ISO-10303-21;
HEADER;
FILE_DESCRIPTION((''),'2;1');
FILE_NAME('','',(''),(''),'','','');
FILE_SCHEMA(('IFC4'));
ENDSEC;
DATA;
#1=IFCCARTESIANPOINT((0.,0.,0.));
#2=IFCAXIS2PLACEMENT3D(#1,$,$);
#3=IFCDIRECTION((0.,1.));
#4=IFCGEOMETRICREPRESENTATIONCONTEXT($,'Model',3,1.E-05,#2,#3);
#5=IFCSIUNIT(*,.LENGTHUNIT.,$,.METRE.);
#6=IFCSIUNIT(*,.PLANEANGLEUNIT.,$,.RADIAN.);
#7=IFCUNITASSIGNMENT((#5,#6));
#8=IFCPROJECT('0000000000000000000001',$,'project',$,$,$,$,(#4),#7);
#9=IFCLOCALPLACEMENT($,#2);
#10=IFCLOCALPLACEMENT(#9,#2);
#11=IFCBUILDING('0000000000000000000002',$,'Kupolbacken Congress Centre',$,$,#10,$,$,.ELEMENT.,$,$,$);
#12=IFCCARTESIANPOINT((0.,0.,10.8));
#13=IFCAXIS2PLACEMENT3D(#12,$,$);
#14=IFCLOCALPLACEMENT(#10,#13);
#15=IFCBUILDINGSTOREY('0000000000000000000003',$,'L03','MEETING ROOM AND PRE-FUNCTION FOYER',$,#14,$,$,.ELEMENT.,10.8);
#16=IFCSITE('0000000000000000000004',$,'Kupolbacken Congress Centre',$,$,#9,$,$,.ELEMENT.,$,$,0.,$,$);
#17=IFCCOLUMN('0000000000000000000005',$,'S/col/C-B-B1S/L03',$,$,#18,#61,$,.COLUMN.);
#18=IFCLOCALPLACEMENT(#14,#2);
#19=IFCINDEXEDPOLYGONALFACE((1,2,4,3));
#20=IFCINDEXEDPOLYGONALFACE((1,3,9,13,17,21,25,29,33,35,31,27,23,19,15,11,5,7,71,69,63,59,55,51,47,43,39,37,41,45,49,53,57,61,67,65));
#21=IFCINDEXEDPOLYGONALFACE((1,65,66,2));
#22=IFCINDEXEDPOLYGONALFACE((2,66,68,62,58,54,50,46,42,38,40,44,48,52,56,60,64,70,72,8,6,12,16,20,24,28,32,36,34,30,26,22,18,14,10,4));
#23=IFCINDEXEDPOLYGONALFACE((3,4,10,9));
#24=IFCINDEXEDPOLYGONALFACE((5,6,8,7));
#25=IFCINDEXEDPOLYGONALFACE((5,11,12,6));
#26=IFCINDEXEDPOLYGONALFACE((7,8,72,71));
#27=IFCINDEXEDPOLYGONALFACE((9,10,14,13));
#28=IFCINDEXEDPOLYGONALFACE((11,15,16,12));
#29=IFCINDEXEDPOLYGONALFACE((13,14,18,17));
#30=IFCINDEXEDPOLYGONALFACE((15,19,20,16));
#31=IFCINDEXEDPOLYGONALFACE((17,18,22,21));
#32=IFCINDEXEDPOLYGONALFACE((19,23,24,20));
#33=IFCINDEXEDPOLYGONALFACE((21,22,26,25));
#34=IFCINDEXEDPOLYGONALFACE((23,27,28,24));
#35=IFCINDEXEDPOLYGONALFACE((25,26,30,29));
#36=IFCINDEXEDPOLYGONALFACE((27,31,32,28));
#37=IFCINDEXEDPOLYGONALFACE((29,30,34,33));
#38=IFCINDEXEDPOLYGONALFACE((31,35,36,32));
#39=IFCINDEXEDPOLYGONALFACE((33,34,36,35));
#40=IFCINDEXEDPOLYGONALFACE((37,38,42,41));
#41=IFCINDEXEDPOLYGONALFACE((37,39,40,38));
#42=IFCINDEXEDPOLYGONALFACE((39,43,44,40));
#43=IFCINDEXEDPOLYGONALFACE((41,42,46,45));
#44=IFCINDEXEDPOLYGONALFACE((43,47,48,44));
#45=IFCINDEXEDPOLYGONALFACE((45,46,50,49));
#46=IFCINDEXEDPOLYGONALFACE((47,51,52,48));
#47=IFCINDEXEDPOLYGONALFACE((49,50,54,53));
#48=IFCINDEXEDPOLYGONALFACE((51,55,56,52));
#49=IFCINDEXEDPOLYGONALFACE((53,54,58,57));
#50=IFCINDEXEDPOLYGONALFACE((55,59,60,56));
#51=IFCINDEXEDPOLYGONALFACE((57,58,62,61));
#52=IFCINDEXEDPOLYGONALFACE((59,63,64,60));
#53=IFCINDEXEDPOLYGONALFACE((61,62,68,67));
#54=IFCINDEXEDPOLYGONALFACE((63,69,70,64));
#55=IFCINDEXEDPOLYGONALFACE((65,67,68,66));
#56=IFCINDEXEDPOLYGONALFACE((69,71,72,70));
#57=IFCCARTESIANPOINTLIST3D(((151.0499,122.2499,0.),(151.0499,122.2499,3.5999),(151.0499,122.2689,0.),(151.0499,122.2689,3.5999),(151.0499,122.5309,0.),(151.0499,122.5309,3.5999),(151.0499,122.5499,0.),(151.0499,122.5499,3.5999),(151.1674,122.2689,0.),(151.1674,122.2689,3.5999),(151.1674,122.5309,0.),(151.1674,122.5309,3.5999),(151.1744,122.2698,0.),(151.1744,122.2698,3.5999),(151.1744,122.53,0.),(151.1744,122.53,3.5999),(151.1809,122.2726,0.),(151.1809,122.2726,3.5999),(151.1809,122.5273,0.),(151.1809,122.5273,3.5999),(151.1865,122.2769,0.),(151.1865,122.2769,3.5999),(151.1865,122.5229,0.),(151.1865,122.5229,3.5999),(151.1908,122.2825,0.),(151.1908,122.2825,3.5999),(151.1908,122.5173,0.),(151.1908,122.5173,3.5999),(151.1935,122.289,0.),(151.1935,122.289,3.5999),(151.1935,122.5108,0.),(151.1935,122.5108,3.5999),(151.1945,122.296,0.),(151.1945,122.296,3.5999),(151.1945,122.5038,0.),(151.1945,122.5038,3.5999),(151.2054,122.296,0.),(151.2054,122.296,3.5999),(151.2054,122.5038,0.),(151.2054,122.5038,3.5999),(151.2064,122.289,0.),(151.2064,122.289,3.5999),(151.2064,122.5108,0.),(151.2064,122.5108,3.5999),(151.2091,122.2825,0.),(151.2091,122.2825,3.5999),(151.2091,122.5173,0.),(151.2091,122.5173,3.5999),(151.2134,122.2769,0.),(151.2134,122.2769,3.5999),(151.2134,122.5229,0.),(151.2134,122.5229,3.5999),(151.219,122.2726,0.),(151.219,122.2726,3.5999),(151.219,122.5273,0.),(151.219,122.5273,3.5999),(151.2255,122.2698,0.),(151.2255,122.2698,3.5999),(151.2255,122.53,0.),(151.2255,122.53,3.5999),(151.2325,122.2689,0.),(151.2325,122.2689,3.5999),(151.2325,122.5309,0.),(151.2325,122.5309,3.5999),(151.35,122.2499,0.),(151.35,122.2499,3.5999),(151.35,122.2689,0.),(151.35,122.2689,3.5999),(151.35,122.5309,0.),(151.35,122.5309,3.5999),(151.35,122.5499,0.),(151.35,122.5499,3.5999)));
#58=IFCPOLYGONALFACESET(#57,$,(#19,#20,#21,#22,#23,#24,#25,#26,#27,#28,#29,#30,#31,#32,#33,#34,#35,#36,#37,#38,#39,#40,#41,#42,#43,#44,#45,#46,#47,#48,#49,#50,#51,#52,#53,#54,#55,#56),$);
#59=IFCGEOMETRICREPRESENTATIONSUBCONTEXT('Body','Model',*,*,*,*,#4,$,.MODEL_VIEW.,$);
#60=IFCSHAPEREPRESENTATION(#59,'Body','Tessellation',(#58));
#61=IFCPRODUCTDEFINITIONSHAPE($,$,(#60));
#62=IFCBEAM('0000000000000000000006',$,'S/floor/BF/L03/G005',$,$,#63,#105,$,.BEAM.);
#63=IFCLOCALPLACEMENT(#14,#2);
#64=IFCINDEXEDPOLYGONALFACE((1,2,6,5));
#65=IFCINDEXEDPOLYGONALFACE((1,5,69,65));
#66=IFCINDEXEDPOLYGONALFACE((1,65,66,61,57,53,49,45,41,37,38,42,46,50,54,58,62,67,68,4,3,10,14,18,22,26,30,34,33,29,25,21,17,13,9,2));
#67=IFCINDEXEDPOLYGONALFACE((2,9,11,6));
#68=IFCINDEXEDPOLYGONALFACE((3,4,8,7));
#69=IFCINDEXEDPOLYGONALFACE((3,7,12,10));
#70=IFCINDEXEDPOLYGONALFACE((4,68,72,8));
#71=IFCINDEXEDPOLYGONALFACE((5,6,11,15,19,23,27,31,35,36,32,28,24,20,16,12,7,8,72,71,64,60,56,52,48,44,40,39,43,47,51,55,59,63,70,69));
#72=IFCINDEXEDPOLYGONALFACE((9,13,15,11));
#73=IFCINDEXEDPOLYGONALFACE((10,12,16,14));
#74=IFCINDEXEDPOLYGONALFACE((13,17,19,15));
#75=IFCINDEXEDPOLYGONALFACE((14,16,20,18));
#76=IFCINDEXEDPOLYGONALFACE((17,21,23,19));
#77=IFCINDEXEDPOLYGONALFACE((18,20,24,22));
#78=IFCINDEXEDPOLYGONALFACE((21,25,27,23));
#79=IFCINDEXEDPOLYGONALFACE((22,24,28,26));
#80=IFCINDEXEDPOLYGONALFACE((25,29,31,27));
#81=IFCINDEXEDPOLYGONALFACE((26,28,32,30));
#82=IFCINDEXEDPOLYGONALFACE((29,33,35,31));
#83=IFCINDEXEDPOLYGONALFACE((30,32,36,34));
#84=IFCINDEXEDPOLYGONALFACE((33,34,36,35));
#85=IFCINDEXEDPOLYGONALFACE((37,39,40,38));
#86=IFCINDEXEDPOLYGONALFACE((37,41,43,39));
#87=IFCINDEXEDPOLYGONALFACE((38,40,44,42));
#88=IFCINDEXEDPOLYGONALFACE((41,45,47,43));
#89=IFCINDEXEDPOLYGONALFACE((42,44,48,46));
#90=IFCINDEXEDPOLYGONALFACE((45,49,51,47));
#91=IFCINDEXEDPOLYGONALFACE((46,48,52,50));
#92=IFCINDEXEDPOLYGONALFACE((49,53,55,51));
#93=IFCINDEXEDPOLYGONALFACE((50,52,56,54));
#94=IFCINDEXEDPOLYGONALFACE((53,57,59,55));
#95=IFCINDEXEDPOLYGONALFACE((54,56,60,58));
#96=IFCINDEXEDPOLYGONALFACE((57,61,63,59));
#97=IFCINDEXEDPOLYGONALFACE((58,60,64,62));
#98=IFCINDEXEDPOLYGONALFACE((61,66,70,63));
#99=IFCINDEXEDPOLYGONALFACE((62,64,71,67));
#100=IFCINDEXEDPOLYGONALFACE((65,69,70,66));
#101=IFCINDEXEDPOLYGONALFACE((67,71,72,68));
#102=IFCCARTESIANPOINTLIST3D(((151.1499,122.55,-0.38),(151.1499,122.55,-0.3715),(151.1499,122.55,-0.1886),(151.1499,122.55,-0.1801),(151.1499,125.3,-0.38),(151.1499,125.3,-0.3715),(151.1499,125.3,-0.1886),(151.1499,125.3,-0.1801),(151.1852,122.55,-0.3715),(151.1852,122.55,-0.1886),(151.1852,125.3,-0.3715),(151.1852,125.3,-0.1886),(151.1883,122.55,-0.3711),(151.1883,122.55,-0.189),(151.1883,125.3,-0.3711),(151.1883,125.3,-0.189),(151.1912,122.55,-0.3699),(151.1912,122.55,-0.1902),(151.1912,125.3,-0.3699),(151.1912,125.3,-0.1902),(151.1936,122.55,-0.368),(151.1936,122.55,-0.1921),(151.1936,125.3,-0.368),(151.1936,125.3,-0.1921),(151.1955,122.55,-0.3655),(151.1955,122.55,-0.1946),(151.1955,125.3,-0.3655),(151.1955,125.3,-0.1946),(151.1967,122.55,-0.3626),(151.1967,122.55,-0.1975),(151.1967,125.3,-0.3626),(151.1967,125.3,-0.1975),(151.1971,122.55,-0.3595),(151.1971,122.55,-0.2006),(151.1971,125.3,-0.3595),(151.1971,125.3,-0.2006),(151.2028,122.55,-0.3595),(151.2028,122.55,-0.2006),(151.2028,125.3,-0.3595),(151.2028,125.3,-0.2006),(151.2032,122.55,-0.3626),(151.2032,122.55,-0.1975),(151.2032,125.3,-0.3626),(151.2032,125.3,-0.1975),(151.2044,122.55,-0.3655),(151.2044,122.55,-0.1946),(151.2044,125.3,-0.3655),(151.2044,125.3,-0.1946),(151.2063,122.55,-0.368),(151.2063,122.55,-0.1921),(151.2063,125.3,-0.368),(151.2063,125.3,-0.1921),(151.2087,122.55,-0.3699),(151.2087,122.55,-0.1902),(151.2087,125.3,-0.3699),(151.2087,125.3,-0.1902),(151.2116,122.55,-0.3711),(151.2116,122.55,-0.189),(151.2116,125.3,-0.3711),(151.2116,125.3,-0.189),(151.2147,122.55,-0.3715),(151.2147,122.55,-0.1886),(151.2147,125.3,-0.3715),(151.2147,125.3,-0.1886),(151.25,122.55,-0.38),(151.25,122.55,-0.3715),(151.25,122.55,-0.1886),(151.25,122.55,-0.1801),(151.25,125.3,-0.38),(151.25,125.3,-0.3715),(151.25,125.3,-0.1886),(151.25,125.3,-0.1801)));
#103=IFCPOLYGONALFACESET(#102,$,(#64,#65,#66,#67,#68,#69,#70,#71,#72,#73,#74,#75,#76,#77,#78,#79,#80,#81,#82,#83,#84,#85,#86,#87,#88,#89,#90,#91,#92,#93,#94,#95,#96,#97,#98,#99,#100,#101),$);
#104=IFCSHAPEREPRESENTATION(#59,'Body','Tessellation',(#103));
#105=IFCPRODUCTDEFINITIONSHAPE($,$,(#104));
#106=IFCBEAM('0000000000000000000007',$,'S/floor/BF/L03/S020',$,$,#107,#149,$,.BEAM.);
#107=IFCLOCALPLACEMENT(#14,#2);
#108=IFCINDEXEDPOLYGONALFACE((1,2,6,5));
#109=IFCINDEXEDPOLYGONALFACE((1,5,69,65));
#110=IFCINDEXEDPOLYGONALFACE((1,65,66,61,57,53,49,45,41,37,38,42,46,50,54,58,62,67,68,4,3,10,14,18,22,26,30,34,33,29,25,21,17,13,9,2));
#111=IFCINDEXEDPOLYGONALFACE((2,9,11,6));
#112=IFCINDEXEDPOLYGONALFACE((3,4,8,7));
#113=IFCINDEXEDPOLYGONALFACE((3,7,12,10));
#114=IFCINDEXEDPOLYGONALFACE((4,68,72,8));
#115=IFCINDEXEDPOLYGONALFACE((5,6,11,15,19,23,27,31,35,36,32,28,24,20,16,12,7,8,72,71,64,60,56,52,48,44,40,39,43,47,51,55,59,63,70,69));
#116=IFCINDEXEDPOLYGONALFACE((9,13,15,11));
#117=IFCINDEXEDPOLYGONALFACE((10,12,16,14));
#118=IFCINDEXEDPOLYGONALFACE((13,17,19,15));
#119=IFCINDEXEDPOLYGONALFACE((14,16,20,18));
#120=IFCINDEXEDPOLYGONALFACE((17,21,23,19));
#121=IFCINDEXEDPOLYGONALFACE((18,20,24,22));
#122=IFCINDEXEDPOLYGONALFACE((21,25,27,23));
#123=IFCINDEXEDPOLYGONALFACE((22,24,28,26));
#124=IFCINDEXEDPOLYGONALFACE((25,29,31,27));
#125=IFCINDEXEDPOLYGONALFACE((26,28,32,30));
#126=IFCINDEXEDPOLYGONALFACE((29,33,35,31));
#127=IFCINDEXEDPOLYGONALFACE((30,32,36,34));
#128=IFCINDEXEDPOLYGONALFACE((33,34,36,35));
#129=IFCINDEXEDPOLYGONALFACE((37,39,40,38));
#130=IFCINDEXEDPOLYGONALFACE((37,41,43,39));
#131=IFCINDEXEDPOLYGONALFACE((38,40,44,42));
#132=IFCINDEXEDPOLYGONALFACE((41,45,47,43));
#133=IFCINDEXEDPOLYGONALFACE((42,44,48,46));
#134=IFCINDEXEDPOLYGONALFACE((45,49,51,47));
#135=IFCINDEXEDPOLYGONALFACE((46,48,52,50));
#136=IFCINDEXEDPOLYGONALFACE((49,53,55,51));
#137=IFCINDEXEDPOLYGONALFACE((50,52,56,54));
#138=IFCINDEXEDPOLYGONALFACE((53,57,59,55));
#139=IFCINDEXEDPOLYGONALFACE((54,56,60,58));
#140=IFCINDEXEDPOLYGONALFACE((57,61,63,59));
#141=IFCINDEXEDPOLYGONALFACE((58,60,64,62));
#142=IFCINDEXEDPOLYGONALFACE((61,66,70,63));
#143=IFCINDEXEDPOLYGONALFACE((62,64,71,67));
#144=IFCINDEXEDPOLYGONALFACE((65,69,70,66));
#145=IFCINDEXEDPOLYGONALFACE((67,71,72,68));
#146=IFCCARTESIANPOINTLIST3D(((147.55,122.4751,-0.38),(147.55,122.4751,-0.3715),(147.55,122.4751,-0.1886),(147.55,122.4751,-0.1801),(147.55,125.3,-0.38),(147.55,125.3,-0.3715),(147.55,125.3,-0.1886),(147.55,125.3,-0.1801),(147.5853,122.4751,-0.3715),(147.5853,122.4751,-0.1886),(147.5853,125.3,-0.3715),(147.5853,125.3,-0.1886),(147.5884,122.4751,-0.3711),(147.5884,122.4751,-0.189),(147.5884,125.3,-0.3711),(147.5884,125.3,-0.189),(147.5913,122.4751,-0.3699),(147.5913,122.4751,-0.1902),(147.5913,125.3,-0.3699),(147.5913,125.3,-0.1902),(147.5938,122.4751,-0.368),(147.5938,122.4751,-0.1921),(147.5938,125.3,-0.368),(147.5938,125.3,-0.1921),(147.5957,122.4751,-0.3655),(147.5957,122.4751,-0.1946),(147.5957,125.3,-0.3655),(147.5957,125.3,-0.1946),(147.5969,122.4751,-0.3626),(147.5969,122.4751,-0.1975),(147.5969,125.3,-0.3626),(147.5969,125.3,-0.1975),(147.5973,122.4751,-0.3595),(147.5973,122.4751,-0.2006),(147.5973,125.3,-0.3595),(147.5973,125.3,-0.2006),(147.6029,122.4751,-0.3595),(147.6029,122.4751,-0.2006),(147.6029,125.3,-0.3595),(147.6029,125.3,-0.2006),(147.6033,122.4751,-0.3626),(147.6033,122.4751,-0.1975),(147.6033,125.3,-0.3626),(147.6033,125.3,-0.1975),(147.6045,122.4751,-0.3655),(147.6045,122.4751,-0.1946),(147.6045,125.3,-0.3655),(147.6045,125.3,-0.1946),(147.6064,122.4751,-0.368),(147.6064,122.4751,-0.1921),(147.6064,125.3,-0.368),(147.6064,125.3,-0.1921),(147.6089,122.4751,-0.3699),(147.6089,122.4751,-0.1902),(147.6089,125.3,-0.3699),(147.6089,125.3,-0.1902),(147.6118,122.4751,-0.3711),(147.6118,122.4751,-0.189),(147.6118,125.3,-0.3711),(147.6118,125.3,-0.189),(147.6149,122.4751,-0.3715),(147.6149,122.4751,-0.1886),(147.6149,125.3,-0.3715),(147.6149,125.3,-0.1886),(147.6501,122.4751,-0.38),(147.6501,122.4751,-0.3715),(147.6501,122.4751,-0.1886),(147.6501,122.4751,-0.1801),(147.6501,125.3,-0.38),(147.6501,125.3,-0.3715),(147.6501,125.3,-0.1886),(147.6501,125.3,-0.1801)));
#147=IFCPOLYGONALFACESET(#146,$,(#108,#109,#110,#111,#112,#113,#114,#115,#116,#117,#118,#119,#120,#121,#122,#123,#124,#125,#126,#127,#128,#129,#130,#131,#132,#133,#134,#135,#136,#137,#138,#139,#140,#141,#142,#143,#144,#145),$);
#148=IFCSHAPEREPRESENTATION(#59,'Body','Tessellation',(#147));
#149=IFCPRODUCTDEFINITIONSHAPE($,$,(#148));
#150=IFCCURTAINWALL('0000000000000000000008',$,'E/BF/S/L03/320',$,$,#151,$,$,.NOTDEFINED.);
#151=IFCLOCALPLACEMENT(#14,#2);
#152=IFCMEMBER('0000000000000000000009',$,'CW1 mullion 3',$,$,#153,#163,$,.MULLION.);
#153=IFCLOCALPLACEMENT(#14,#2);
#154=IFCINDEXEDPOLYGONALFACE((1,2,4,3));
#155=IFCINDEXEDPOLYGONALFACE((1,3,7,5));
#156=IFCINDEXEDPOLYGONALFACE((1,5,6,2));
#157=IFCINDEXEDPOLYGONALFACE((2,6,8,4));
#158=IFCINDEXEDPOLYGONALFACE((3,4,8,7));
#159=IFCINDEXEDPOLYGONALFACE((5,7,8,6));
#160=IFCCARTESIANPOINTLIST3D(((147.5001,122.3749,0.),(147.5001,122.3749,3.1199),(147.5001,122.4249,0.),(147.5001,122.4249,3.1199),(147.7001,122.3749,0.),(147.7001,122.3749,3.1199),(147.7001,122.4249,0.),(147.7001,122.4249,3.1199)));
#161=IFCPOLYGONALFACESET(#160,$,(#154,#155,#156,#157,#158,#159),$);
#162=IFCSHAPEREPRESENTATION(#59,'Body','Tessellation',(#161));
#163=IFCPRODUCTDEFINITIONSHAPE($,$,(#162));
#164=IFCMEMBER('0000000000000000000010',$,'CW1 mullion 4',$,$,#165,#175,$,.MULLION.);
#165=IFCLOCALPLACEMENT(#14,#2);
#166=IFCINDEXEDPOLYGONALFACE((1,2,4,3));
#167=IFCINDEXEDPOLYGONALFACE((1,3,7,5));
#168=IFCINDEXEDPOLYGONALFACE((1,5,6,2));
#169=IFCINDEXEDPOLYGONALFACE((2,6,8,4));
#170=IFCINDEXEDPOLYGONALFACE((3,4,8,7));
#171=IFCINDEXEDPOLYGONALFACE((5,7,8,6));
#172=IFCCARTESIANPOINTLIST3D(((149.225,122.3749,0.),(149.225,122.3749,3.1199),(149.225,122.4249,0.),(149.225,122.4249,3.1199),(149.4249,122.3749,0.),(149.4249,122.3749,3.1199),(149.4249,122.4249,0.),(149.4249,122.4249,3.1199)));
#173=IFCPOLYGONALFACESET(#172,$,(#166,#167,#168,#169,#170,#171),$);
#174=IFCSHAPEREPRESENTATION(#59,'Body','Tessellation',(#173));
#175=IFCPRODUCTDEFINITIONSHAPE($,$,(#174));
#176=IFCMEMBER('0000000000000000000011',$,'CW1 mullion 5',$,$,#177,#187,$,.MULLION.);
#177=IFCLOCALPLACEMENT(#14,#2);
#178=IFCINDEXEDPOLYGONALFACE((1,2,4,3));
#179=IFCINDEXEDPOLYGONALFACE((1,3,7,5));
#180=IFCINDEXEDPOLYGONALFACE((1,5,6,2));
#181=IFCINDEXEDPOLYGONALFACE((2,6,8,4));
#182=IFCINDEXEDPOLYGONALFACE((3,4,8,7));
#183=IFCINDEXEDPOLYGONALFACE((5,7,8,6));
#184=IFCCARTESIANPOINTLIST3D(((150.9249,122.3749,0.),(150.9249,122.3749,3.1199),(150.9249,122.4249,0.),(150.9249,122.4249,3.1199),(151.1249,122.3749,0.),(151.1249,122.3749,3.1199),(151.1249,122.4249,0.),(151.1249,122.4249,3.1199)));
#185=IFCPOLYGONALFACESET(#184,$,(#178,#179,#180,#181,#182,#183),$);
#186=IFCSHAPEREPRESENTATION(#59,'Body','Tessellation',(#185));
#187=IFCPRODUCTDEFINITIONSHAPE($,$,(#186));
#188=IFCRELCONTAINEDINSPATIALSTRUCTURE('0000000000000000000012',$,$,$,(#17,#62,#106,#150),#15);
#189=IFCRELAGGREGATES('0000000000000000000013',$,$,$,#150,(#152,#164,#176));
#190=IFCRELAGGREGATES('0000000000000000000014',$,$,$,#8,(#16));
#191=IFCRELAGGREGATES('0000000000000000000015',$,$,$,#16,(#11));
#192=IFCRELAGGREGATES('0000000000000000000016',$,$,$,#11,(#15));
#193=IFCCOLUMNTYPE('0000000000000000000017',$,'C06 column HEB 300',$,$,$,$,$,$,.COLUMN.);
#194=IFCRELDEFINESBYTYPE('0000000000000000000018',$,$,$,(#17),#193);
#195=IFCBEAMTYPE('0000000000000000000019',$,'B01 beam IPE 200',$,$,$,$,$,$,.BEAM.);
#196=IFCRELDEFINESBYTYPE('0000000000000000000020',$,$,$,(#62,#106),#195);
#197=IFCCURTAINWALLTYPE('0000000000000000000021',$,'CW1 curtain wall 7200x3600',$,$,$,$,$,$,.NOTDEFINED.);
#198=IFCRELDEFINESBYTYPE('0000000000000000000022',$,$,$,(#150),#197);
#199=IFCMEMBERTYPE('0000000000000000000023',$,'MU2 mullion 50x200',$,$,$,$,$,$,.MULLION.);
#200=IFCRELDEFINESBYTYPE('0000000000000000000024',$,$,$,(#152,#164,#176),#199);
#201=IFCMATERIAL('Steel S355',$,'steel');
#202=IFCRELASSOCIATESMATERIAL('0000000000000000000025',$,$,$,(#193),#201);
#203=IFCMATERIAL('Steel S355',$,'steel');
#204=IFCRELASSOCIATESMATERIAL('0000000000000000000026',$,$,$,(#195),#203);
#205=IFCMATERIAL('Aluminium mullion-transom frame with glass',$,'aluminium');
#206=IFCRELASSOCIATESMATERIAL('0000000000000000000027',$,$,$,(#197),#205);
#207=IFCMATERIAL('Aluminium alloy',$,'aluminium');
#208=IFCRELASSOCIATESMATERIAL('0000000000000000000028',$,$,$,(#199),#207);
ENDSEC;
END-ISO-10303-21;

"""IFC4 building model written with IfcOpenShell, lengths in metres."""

from ifc_helpers import new_model, si_unit, direction, frame, origin, origin_2d, place, context, subcontext, project, spatial, rectangle, i_section, extrude, material, material_profile, profile_set, type_object, element, aggregate, save


model = new_model("IFC4")

# Units and contexts
model_context = context("Model", 3, precision=1e-05, world=origin(), true_north=direction((0.0, 1.0)))
body_context = subcontext(model_context, "Body", "Model", "MODEL_VIEW")
ifc_project = project(units=[si_unit("LENGTHUNIT", "METRE"), si_unit("PLANEANGLEUNIT", "RADIAN")], contexts=[model_context])

# Site, building, storey
site_placement = place(None, origin())
site = spatial("IfcSite", under=ifc_project, at=site_placement, Name="Kupolbacken Congress Centre", CompositionType="ELEMENT", RefElevation=0.0)
building_placement = place(site_placement, origin())
building = spatial("IfcBuilding", under=site, at=building_placement, Name="Kupolbacken Congress Centre", CompositionType="ELEMENT")
storey_placement = place(building_placement, frame((0.0, 0.0, 10.8)))
storey = spatial("IfcBuildingStorey", under=building, at=storey_placement, Name="L03", Description="MEETING ROOM AND PRE-FUNCTION FOYER", CompositionType="ELEMENT", Elevation=10.8)

# Column
ifc_material_1 = material(Name="Steel S355", Category="steel")
ifc_material_profile_1 = material_profile(ifc_material_1, i_section(OverallWidth=0.3, OverallDepth=0.3, WebThickness=0.011, FlangeThickness=0.019, FilletRadius=0.0271, at=origin_2d()), Name="HEB 300")
ifc_profile_set_1 = profile_set([ifc_material_profile_1], Name="Steel S355")
column_type = type_object("IfcColumnType", Name="C06 column HEB 300", PredefinedType="COLUMN", material=ifc_profile_set_1)
column_placement = place(storey_placement, frame((151.2, 122.3999, 0.0), z_axis=(0.0, 0.0, 1.0), x_axis=(1.0, 0.0, 0.0)))
element("IfcColumn", 1, at=column_placement, inside=storey, type_object=column_type, Name="S/col/C-B-B1S/L03", PredefinedType="COLUMN", context=body_context, shape_type="SweptSolid", body=[
    extrude(i_section(OverallWidth=0.3, OverallDepth=0.3, WebThickness=0.011, FlangeThickness=0.019, FilletRadius=0.0271, at=origin_2d()), origin(), (0.0, 0.0, 1.0), 3.5999),
])

# Beams
ifc_material_2 = material(Name="Steel S355", Category="steel")
ifc_material_profile_2 = material_profile(ifc_material_2, i_section(OverallWidth=0.1001, OverallDepth=0.2, WebThickness=0.0056, FlangeThickness=0.0085, FilletRadius=0.012, at=origin_2d()), Name="IPE 200")
ifc_profile_set_2 = profile_set([ifc_material_profile_2], Name="Steel S355")
beam_type = type_object("IfcBeamType", Name="B01 beam IPE 200", PredefinedType="BEAM", material=ifc_profile_set_2)
beam_1_placement = place(storey_placement, frame((151.2, 122.55, -0.28), z_axis=(0.0, 1.0, 0.0), x_axis=(-1.0, 0.0, 0.0)))
element("IfcBeam", 2, at=beam_1_placement, inside=storey, type_object=beam_type, Name="S/floor/BF/L03/G005", PredefinedType="BEAM", context=body_context, shape_type="SweptSolid", body=[
    extrude(i_section(OverallWidth=0.1001, OverallDepth=0.2, WebThickness=0.0056, FlangeThickness=0.0085, FilletRadius=0.012, at=origin_2d()), origin(), (0.0, 0.0, 1.0), 2.75),
])
beam_2_placement = place(storey_placement, frame((147.6001, 122.4751, -0.28), z_axis=(0.0, 1.0, 0.0), x_axis=(-1.0, 0.0, 0.0)))
element("IfcBeam", 3, at=beam_2_placement, inside=storey, type_object=beam_type, Name="S/floor/BF/L03/S020", PredefinedType="BEAM", context=body_context, shape_type="SweptSolid", body=[
    extrude(i_section(OverallWidth=0.1001, OverallDepth=0.2, WebThickness=0.0056, FlangeThickness=0.0085, FilletRadius=0.012, at=origin_2d()), origin(), (0.0, 0.0, 1.0), 2.825),
])

# Curtain wall, members
ifc_material_3 = material(Name="Aluminium mullion-transom frame with glass", Category="aluminium")
curtain_wall_type = type_object("IfcCurtainWallType", Name="CW1 curtain wall 7200x3600", PredefinedType="NOTDEFINED", material=ifc_material_3)
curtain_wall_placement = place(storey_placement, origin())
curtain_wall = element("IfcCurtainWall", 4, at=curtain_wall_placement, inside=storey, type_object=curtain_wall_type, Name="E/BF/S/L03/320", PredefinedType="NOTDEFINED")
ifc_material_4 = material(Name="Aluminium alloy", Category="aluminium")
ifc_material_profile_3 = material_profile(ifc_material_4, rectangle(XDim=0.05, YDim=0.2, at=origin_2d()), Name="50 x 200")
ifc_profile_set_3 = profile_set([ifc_material_profile_3], Name="Aluminium alloy")
member_type_1 = type_object("IfcMemberType", Name="MU2 mullion 50x200", PredefinedType="MULLION", material=ifc_profile_set_3)
member_1_placement = place(storey_placement, frame((147.6001, 122.3999, 0.0), z_axis=(0.0, 0.0, 1.0), x_axis=(0.0, 1.0, 0.0)))
member_1 = element("IfcMember", 5, at=member_1_placement, type_object=member_type_1, Name="CW1 mullion 3", PredefinedType="MULLION", context=body_context, shape_type="SweptSolid", body=[
    extrude(rectangle(XDim=0.05, YDim=0.2, at=origin_2d()), origin(), (0.0, 0.0, 1.0), 3.1199),
])
member_2_placement = place(storey_placement, frame((149.325, 122.3999, 0.0), z_axis=(0.0, 0.0, 1.0), x_axis=(0.0, 1.0, 0.0)))
member_2 = element("IfcMember", 6, at=member_2_placement, type_object=member_type_1, Name="CW1 mullion 4", PredefinedType="MULLION", context=body_context, shape_type="SweptSolid", body=[
    extrude(rectangle(XDim=0.05, YDim=0.2, at=origin_2d()), origin(), (0.0, 0.0, 1.0), 3.1199),
])
member_3_placement = place(storey_placement, frame((151.0249, 122.3999, 0.0), z_axis=(0.0, 0.0, 1.0), x_axis=(0.0, 1.0, 0.0)))
member_3 = element("IfcMember", 7, at=member_3_placement, type_object=member_type_1, Name="CW1 mullion 5", PredefinedType="MULLION", context=body_context, shape_type="SweptSolid", body=[
    extrude(rectangle(XDim=0.05, YDim=0.2, at=origin_2d()), origin(), (0.0, 0.0, 1.0), 3.1199),
])
aggregate(curtain_wall, [member_1, member_2, member_3])

save(model, "model.ifc")
